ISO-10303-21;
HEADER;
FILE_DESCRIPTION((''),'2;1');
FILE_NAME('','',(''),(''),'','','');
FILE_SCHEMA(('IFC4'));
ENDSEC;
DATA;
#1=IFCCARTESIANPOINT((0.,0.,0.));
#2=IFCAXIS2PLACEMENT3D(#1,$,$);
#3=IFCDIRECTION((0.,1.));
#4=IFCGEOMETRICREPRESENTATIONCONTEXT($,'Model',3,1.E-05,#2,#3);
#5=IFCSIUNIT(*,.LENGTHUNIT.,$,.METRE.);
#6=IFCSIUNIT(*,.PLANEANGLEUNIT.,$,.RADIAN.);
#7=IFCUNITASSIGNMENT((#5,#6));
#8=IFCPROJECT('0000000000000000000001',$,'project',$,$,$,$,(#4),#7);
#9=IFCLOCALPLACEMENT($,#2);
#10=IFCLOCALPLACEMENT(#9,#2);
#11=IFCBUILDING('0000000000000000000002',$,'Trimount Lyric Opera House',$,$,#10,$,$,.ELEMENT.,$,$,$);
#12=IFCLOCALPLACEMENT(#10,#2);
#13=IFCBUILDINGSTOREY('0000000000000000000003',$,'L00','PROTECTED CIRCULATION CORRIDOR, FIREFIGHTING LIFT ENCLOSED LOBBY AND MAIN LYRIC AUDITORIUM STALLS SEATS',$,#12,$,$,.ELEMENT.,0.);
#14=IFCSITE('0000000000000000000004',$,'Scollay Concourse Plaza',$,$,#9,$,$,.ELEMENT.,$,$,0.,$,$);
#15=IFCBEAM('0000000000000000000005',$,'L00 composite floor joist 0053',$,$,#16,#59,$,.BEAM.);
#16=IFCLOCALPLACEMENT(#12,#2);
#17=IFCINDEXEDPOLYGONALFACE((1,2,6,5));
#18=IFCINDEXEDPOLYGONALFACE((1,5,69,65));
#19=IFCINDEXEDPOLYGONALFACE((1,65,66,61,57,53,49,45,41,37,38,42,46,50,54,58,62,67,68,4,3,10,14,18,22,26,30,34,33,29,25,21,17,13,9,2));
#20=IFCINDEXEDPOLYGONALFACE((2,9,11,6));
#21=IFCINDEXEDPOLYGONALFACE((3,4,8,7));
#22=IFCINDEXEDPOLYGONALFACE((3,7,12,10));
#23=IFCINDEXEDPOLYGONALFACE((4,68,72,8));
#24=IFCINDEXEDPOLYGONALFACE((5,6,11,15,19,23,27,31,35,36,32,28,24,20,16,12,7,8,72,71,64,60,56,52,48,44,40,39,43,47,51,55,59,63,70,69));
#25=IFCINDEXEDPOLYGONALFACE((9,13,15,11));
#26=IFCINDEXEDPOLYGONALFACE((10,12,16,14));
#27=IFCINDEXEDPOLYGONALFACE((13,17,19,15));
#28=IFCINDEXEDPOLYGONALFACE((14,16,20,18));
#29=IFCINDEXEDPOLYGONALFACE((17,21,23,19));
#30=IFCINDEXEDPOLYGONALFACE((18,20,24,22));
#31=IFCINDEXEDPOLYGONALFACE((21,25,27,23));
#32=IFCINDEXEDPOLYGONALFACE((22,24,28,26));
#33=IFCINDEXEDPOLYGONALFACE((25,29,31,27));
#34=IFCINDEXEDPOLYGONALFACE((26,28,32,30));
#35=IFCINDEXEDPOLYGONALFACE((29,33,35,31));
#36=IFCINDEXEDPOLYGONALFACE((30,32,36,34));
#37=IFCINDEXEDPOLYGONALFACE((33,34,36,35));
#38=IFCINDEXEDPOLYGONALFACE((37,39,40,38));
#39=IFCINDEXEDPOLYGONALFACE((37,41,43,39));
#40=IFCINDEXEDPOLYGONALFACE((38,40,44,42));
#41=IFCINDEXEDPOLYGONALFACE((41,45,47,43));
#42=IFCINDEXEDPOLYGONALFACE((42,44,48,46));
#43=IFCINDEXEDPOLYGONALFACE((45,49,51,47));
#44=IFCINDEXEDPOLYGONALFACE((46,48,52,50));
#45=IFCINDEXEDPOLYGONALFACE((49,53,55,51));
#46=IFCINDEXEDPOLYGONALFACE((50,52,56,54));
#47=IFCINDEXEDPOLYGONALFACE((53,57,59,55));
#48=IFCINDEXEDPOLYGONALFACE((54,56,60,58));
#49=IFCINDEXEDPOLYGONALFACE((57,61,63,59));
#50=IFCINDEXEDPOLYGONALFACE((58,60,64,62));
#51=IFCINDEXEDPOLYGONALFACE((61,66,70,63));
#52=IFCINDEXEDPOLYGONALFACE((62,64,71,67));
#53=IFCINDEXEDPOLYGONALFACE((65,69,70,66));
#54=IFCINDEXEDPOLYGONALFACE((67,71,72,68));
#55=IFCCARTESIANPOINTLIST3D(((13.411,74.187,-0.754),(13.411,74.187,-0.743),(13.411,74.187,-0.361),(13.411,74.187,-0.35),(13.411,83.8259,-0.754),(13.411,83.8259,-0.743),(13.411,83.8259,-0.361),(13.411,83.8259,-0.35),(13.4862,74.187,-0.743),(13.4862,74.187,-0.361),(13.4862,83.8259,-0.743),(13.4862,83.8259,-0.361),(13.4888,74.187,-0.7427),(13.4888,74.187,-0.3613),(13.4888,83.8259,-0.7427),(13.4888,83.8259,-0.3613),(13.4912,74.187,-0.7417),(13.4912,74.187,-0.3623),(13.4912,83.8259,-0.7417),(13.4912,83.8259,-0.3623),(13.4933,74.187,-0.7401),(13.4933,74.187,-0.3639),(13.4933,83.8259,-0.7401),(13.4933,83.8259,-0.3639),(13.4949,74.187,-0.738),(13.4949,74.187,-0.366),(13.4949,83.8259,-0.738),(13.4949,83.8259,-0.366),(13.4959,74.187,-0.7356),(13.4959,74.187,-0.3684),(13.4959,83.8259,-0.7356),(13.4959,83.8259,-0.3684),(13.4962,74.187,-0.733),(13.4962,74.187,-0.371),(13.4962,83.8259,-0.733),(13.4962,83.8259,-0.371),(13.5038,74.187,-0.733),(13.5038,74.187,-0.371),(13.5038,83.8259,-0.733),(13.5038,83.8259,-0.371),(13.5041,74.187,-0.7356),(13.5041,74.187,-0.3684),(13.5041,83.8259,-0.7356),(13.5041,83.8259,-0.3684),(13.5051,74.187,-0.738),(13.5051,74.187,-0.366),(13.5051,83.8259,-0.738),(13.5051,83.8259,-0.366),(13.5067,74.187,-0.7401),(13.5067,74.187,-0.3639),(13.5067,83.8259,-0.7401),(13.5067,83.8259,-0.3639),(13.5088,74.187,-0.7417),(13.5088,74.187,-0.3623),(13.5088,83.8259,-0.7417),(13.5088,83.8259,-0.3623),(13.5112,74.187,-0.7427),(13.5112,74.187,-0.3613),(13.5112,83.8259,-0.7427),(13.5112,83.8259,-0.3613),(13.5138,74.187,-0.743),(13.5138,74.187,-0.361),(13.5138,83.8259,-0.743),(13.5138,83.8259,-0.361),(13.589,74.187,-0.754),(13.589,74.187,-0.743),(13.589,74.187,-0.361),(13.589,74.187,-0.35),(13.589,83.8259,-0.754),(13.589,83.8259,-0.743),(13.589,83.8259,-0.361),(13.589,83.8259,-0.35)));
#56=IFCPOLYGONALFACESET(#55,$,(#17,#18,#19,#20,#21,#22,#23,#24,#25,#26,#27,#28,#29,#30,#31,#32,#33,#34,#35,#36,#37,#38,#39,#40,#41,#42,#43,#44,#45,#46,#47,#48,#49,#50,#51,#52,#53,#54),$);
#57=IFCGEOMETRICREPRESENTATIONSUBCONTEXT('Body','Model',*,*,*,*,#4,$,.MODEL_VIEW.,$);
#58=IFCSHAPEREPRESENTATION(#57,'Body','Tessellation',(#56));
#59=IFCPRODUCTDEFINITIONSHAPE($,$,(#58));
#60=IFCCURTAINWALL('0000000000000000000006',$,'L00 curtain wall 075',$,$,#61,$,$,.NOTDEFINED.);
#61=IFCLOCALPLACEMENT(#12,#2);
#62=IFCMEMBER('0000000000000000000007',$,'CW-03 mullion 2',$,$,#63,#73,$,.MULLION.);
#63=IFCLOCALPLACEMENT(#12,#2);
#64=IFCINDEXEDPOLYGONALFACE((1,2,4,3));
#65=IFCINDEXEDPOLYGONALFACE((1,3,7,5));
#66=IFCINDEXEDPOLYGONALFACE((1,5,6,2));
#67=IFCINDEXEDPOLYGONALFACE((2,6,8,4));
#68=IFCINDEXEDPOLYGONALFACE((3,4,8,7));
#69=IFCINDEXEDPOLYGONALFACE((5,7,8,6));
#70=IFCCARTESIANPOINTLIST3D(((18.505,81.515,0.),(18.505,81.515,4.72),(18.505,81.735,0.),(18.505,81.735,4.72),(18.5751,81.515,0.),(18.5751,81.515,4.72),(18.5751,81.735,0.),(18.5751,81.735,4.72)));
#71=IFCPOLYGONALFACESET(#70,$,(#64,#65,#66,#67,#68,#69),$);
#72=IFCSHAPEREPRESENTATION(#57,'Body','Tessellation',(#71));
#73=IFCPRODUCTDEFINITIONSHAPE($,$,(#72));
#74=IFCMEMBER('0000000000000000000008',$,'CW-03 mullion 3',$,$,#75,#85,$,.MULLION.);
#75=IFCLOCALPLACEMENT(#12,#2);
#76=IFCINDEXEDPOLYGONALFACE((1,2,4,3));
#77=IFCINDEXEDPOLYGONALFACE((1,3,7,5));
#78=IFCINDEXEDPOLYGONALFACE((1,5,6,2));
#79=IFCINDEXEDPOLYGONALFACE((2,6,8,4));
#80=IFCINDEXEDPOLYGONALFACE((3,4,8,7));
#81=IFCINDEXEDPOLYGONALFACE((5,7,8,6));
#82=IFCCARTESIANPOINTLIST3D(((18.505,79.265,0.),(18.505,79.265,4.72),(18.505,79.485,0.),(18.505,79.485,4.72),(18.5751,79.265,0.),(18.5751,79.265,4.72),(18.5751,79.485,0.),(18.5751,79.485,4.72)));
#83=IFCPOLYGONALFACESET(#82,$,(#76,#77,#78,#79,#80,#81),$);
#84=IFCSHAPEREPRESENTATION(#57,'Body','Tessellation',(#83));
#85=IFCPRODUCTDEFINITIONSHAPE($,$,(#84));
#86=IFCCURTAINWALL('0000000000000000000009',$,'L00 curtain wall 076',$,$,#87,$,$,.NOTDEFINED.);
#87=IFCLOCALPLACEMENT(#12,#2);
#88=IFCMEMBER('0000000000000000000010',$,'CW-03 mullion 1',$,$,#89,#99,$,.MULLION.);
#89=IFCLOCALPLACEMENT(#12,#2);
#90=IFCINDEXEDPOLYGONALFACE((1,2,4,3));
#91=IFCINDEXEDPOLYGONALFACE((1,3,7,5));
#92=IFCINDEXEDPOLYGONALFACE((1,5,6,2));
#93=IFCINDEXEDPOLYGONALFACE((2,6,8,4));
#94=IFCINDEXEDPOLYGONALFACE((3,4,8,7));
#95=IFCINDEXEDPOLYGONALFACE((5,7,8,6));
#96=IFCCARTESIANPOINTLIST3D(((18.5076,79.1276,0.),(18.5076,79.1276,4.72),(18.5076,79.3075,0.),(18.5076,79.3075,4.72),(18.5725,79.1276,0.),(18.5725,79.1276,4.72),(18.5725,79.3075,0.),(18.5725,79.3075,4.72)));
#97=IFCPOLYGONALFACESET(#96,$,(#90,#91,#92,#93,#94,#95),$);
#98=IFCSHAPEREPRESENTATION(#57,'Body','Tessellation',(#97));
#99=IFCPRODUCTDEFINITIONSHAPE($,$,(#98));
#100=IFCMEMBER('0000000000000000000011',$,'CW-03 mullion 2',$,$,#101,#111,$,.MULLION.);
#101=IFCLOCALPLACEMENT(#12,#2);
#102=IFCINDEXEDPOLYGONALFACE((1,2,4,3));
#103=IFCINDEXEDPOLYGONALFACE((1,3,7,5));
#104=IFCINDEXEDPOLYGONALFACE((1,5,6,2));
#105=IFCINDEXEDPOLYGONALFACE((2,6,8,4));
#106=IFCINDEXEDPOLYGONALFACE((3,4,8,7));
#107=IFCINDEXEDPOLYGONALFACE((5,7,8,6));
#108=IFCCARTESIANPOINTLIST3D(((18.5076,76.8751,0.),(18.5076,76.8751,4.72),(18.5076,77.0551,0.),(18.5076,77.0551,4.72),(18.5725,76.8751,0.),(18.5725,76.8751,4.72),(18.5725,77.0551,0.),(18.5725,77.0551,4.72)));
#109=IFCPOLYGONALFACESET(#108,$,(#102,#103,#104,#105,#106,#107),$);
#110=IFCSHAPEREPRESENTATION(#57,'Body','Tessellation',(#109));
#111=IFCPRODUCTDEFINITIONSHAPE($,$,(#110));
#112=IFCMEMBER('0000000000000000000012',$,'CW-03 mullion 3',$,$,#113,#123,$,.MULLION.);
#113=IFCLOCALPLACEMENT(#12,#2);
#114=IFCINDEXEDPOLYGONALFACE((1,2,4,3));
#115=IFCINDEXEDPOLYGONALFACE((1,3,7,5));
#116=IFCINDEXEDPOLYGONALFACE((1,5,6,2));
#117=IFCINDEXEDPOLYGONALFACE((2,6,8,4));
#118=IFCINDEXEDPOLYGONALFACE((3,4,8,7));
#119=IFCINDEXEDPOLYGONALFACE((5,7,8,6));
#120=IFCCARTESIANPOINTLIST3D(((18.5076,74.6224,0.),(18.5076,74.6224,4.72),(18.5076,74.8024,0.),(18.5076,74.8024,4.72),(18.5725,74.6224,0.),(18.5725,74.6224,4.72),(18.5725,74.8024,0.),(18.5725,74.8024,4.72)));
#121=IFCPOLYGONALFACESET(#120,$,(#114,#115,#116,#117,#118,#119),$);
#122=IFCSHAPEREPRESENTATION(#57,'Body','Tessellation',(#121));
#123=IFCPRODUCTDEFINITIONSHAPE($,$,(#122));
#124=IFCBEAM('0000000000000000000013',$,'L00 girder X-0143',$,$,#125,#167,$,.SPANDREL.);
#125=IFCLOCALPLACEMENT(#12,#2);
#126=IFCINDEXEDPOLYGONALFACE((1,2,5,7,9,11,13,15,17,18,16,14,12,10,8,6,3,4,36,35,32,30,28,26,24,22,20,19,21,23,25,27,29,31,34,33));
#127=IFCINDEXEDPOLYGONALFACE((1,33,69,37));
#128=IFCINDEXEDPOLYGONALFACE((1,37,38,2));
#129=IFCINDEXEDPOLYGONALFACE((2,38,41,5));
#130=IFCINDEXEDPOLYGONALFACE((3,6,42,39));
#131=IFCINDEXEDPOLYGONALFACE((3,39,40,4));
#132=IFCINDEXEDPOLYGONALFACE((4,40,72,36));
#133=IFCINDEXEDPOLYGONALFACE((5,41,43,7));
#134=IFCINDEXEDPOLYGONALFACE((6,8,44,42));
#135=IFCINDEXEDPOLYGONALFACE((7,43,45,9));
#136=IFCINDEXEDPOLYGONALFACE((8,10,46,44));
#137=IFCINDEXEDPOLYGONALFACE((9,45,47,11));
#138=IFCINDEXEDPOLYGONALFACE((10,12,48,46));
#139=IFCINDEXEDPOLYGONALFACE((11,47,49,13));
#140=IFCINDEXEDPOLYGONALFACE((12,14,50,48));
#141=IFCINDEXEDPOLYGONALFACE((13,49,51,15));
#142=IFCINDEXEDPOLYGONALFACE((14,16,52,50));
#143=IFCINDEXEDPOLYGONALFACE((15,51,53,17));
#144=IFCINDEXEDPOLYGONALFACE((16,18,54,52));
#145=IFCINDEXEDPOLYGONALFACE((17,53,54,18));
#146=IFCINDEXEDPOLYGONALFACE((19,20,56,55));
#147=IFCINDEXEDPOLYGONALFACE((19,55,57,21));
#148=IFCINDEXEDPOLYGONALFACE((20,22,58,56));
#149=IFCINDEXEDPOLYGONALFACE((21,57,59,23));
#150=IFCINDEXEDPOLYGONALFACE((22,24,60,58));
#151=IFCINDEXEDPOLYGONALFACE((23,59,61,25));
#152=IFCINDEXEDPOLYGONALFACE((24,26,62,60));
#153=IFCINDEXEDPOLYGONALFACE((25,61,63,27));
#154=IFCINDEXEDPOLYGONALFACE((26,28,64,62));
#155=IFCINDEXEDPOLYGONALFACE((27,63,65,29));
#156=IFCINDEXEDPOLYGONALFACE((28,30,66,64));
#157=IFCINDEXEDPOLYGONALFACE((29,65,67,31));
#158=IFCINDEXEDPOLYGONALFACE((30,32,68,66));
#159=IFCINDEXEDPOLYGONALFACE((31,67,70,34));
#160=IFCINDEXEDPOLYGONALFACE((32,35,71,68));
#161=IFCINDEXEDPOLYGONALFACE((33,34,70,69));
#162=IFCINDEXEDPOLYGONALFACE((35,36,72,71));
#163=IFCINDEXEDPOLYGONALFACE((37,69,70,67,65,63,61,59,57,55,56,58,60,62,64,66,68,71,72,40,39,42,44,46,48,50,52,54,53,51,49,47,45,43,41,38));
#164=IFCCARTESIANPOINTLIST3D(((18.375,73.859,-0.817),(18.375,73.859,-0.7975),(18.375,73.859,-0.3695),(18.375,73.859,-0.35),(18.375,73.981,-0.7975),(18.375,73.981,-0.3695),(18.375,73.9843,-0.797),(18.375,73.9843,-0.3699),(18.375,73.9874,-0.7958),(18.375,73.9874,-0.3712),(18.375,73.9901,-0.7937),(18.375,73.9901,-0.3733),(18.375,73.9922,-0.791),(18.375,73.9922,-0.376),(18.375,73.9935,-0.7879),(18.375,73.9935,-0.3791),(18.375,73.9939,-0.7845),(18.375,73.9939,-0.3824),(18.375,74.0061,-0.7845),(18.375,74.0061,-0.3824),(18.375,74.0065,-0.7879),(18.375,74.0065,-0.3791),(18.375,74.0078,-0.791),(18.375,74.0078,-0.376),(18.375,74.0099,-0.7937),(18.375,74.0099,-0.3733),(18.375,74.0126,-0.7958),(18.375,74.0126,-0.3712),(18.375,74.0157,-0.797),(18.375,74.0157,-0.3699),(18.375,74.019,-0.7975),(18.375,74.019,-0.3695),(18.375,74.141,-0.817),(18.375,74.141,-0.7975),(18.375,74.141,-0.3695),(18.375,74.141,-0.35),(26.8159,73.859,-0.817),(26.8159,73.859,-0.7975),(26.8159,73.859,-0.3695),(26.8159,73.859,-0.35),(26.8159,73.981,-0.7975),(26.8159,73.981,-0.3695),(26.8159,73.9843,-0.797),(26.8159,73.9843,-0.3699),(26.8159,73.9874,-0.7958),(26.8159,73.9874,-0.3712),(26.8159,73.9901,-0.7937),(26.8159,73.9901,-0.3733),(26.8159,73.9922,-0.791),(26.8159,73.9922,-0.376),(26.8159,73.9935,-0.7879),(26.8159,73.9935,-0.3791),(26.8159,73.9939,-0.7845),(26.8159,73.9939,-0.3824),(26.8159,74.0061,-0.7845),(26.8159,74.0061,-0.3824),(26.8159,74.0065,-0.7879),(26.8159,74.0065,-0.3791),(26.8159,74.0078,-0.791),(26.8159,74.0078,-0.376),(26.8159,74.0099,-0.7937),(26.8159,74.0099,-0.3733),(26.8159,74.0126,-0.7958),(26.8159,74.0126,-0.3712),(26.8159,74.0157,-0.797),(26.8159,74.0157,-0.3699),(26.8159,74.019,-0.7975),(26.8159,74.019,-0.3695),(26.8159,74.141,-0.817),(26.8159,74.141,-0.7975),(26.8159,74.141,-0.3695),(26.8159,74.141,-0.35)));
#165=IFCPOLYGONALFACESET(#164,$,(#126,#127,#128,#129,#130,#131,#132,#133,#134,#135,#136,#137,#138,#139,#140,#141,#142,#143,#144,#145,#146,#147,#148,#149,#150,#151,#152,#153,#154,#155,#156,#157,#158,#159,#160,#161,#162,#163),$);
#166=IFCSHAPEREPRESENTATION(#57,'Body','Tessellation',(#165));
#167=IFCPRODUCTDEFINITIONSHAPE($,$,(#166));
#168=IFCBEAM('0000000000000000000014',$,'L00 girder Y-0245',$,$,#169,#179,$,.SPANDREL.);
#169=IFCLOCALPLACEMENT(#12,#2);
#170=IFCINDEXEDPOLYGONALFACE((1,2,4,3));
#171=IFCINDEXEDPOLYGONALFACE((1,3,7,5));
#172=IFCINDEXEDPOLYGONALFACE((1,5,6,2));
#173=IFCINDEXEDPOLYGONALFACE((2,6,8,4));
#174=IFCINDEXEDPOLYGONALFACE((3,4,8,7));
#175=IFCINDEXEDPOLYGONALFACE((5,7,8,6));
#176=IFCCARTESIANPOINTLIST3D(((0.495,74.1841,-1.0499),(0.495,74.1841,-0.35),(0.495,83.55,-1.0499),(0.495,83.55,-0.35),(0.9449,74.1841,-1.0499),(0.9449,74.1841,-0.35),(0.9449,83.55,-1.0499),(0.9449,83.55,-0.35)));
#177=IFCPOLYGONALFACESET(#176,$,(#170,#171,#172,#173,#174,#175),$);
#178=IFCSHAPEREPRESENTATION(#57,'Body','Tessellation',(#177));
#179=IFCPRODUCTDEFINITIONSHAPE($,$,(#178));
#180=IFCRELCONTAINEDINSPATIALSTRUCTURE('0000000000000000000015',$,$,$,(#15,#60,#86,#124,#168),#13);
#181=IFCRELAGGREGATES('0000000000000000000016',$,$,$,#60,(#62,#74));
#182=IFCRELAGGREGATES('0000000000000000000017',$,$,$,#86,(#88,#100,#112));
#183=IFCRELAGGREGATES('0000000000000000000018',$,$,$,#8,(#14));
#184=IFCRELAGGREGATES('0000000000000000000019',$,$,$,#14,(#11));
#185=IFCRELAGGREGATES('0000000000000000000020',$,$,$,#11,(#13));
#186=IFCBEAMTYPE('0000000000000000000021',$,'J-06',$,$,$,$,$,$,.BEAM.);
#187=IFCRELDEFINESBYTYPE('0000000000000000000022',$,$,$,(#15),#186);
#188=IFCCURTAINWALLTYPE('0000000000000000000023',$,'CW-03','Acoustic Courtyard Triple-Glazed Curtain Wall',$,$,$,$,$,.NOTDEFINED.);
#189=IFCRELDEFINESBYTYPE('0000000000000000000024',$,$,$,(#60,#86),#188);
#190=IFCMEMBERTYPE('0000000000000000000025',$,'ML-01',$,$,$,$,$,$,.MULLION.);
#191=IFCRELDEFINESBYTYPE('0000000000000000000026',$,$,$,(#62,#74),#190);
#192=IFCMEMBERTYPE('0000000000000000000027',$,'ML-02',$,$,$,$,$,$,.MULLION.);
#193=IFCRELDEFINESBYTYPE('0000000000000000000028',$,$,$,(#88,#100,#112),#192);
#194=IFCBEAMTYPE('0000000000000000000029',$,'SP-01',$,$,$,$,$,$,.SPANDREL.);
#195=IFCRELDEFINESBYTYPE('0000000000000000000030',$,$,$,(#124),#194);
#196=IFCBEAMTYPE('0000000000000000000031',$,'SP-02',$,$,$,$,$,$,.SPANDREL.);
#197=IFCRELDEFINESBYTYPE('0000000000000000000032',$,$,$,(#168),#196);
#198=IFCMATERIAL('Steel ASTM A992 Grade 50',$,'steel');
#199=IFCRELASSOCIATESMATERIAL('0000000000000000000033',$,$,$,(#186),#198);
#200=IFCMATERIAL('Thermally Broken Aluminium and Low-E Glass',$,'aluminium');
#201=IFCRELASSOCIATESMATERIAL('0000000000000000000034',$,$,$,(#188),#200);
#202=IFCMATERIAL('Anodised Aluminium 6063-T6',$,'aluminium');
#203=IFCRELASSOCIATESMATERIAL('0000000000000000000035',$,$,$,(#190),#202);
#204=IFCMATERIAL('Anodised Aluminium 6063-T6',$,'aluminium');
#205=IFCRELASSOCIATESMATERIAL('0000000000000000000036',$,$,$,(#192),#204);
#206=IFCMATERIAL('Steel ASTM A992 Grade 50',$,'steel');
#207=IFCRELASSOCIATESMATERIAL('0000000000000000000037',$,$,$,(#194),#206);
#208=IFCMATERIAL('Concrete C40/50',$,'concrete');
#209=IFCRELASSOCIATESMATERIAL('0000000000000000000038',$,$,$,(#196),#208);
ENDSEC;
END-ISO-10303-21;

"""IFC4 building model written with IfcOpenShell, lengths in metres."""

from ifc_helpers import new_model, si_unit, direction, frame, origin, origin_2d, place, context, subcontext, project, spatial, rectangle, i_section, extrude, material, material_profile, profile_set, type_object, element, aggregate, save


model = new_model("IFC4")

# Units and contexts
model_context = context("Model", 3, precision=1e-05, world=origin(), true_north=direction((0.0, 1.0)))
body_context = subcontext(model_context, "Body", "Model", "MODEL_VIEW")
ifc_project = project(units=[si_unit("LENGTHUNIT", "METRE"), si_unit("PLANEANGLEUNIT", "RADIAN")], contexts=[model_context])

# Site, building, storey
site_placement = place(None, origin())
site = spatial("IfcSite", under=ifc_project, at=site_placement, Name="Scollay Concourse Plaza", CompositionType="ELEMENT", RefElevation=0.0)
building_placement = place(site_placement, origin())
building = spatial("IfcBuilding", under=site, at=building_placement, Name="Trimount Lyric Opera House", CompositionType="ELEMENT")
storey_placement = place(building_placement, origin())
storey = spatial("IfcBuildingStorey", under=building, at=storey_placement, Name="L00", Description="PROTECTED CIRCULATION CORRIDOR, FIREFIGHTING LIFT ENCLOSED LOBBY AND MAIN LYRIC AUDITORIUM STALLS SEATS", CompositionType="ELEMENT", Elevation=0.0)

# Beam
ifc_material_1 = material(Name="Steel ASTM A992 Grade 50", Category="steel")
ifc_material_profile_1 = material_profile(ifc_material_1, i_section(OverallWidth=0.178, OverallDepth=0.4041, WebThickness=0.0076, FlangeThickness=0.011, FilletRadius=0.01, at=origin_2d()), Name="W16X36")
ifc_profile_set_1 = profile_set([ifc_material_profile_1], Name="Steel ASTM A992 Grade 50")
beam_type_1 = type_object("IfcBeamType", Name="J-06", PredefinedType="BEAM", material=ifc_profile_set_1)
beam_1_placement = place(storey_placement, frame((13.5, 74.187, -0.552), z_axis=(0.0, 1.0, 0.0), x_axis=(-1.0, 0.0, 0.0)))
element("IfcBeam", 1, at=beam_1_placement, inside=storey, type_object=beam_type_1, Name="L00 composite floor joist 0053", PredefinedType="BEAM", context=body_context, shape_type="SweptSolid", body=[
    extrude(i_section(OverallWidth=0.178, OverallDepth=0.4041, WebThickness=0.0076, FlangeThickness=0.011, FilletRadius=0.01, at=origin_2d()), origin(), (0.0, 0.0, 1.0), 9.6389),
])

# Curtain walls, members
ifc_material_2 = material(Name="Thermally Broken Aluminium and Low-E Glass", Category="aluminium")
curtain_wall_type = type_object("IfcCurtainWallType", Name="CW-03", Description="Acoustic Courtyard Triple-Glazed Curtain Wall", PredefinedType="NOTDEFINED", material=ifc_material_2)
curtain_wall_1_placement = place(storey_placement, origin())
curtain_wall_1 = element("IfcCurtainWall", 2, at=curtain_wall_1_placement, inside=storey, type_object=curtain_wall_type, Name="L00 curtain wall 075", PredefinedType="NOTDEFINED")
ifc_material_3 = material(Name="Anodised Aluminium 6063-T6", Category="aluminium")
ifc_material_profile_2 = material_profile(ifc_material_3, rectangle(XDim=0.0701, YDim=0.22, at=origin_2d()), Name="ALU-MULL-70X220")
ifc_profile_set_2 = profile_set([ifc_material_profile_2], Name="Anodised Aluminium 6063-T6")
member_type_1 = type_object("IfcMemberType", Name="ML-01", PredefinedType="MULLION", material=ifc_profile_set_2)
member_1_placement = place(storey_placement, frame((18.54, 81.625, 0.0), z_axis=(0.0, 0.0, 1.0), x_axis=(1.0, 0.0, 0.0)))
member_1 = element("IfcMember", 3, at=member_1_placement, type_object=member_type_1, Name="CW-03 mullion 2", PredefinedType="MULLION", context=body_context, shape_type="SweptSolid", body=[
    extrude(rectangle(XDim=0.0701, YDim=0.22, at=origin_2d()), origin(), (0.0, 0.0, 1.0), 4.72),
])
member_2_placement = place(storey_placement, frame((18.54, 79.375, 0.0), z_axis=(0.0, 0.0, 1.0), x_axis=(1.0, 0.0, 0.0)))
member_2 = element("IfcMember", 4, at=member_2_placement, type_object=member_type_1, Name="CW-03 mullion 3", PredefinedType="MULLION", context=body_context, shape_type="SweptSolid", body=[
    extrude(rectangle(XDim=0.0701, YDim=0.22, at=origin_2d()), origin(), (0.0, 0.0, 1.0), 4.72),
])
curtain_wall_2_placement = place(storey_placement, origin())
curtain_wall_2 = element("IfcCurtainWall", 5, at=curtain_wall_2_placement, inside=storey, type_object=curtain_wall_type, Name="L00 curtain wall 076", PredefinedType="NOTDEFINED")
ifc_material_4 = material(Name="Anodised Aluminium 6063-T6", Category="aluminium")
ifc_material_profile_3 = material_profile(ifc_material_4, rectangle(XDim=0.0649, YDim=0.1799, at=origin_2d()), Name="ALU-MULL-65X180")
ifc_profile_set_3 = profile_set([ifc_material_profile_3], Name="Anodised Aluminium 6063-T6")
member_type_2 = type_object("IfcMemberType", Name="ML-02", PredefinedType="MULLION", material=ifc_profile_set_3)
member_3_placement = place(storey_placement, frame((18.54, 79.2175, 0.0), z_axis=(0.0, 0.0, 1.0), x_axis=(1.0, 0.0, 0.0)))
member_3 = element("IfcMember", 6, at=member_3_placement, type_object=member_type_2, Name="CW-03 mullion 1", PredefinedType="MULLION", context=body_context, shape_type="SweptSolid", body=[
    extrude(rectangle(XDim=0.0649, YDim=0.1799, at=origin_2d()), origin(), (0.0, 0.0, 1.0), 4.72),
])
member_4_placement = place(storey_placement, frame((18.54, 76.9651, 0.0), z_axis=(0.0, 0.0, 1.0), x_axis=(1.0, 0.0, 0.0)))
member_4 = element("IfcMember", 7, at=member_4_placement, type_object=member_type_2, Name="CW-03 mullion 2", PredefinedType="MULLION", context=body_context, shape_type="SweptSolid", body=[
    extrude(rectangle(XDim=0.0649, YDim=0.1799, at=origin_2d()), origin(), (0.0, 0.0, 1.0), 4.72),
])
member_5_placement = place(storey_placement, frame((18.54, 74.7124, 0.0), z_axis=(0.0, 0.0, 1.0), x_axis=(1.0, 0.0, 0.0)))
member_5 = element("IfcMember", 8, at=member_5_placement, type_object=member_type_2, Name="CW-03 mullion 3", PredefinedType="MULLION", context=body_context, shape_type="SweptSolid", body=[
    extrude(rectangle(XDim=0.0649, YDim=0.1799, at=origin_2d()), origin(), (0.0, 0.0, 1.0), 4.72),
])

# Beams
ifc_material_5 = material(Name="Steel ASTM A992 Grade 50", Category="steel")
ifc_material_profile_4 = material_profile(ifc_material_5, i_section(OverallWidth=0.282, OverallDepth=0.467, WebThickness=0.0122, FlangeThickness=0.0195, FilletRadius=0.0129, at=origin_2d()), Name="W18X86")
ifc_profile_set_4 = profile_set([ifc_material_profile_4], Name="Steel ASTM A992 Grade 50")
beam_type_2 = type_object("IfcBeamType", Name="SP-01", PredefinedType="SPANDREL", material=ifc_profile_set_4)
beam_2_placement = place(storey_placement, frame((18.375, 74.0, -0.5835), z_axis=(1.0, 0.0, 0.0), x_axis=(0.0, 1.0, 0.0)))
element("IfcBeam", 9, at=beam_2_placement, inside=storey, type_object=beam_type_2, Name="L00 girder X-0143", PredefinedType="SPANDREL", context=body_context, shape_type="SweptSolid", body=[
    extrude(i_section(OverallWidth=0.282, OverallDepth=0.467, WebThickness=0.0122, FlangeThickness=0.0195, FilletRadius=0.0129, at=origin_2d()), origin(), (0.0, 0.0, 1.0), 8.4409),
])
ifc_material_6 = material(Name="Concrete C40/50", Category="concrete")
ifc_material_profile_5 = material_profile(ifc_material_6, rectangle(XDim=0.45, YDim=0.7, at=origin_2d()), Name="RC450X700")
ifc_profile_set_5 = profile_set([ifc_material_profile_5], Name="Concrete C40/50")
beam_type_3 = type_object("IfcBeamType", Name="SP-02", PredefinedType="SPANDREL", material=ifc_profile_set_5)
beam_3_placement = place(storey_placement, frame((0.72, 74.1841, -0.7), z_axis=(0.0, 1.0, 0.0), x_axis=(-1.0, 0.0, 0.0)))
element("IfcBeam", 10, at=beam_3_placement, inside=storey, type_object=beam_type_3, Name="L00 girder Y-0245", PredefinedType="SPANDREL", context=body_context, shape_type="SweptSolid", body=[
    extrude(rectangle(XDim=0.45, YDim=0.7, at=origin_2d()), origin(), (0.0, 0.0, 1.0), 9.366),
])

aggregate(curtain_wall_1, [member_1, member_2])
aggregate(curtain_wall_2, [member_3, member_4, member_5])

save(model, "model.ifc")
